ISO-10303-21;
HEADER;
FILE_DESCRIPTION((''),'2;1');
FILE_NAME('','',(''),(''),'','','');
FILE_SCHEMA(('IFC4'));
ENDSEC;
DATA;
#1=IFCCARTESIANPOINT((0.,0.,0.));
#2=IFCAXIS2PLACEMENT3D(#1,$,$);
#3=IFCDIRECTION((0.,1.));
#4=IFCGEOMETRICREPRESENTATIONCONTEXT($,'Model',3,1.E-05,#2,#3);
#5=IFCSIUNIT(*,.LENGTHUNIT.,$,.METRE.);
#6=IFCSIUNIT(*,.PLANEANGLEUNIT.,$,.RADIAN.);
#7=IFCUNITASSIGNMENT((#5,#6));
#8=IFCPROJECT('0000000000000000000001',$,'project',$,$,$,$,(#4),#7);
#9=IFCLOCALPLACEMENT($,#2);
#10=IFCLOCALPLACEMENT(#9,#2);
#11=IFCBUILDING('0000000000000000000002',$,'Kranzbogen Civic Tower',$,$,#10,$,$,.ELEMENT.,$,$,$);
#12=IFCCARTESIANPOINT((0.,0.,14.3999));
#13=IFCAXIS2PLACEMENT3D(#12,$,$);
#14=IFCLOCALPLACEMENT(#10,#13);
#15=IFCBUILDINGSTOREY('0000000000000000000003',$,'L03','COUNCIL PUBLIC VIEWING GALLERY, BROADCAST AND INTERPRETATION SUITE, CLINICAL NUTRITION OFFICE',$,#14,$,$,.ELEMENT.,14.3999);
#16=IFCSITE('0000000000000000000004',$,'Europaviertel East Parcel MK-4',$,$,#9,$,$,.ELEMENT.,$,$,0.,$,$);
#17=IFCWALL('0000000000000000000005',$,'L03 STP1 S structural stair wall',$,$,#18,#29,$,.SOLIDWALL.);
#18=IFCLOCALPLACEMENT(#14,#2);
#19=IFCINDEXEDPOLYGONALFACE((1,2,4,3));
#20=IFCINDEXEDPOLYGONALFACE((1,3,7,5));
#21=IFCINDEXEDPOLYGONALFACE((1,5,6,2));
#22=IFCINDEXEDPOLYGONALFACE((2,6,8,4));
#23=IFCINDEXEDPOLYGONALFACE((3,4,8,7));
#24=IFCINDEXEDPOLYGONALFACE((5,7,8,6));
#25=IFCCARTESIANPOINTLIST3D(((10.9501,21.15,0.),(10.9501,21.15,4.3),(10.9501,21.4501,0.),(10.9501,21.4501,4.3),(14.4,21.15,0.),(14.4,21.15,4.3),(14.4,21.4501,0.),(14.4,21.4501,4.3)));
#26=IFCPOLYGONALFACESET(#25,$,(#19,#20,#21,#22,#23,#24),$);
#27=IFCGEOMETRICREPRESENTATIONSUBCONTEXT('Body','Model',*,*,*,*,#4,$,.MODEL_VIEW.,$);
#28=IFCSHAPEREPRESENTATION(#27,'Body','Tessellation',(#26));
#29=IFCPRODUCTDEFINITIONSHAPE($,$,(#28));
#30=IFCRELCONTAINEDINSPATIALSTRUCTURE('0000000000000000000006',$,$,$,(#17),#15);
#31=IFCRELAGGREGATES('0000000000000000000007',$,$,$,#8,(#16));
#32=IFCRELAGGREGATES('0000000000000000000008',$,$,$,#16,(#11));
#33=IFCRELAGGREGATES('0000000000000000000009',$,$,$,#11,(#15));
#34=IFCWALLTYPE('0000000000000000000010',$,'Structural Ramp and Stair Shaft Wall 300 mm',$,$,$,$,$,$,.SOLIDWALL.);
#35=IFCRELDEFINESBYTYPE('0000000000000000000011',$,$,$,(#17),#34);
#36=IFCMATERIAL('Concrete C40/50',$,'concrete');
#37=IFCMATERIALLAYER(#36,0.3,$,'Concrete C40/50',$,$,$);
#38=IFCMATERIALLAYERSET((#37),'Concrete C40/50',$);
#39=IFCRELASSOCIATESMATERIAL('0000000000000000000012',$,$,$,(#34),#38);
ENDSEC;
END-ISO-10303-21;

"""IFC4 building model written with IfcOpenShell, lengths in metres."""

from ifc_helpers import new_model, si_unit, direction, frame, frame_2d, origin, place, context, subcontext, project, spatial, rectangle, extrude, material, layer, layer_set, type_object, element, save


model = new_model("IFC4")

# Units and contexts
model_context = context("Model", 3, precision=1e-05, world=origin(), true_north=direction((0.0, 1.0)))
body_context = subcontext(model_context, "Body", "Model", "MODEL_VIEW")
ifc_project = project(units=[si_unit("LENGTHUNIT", "METRE"), si_unit("PLANEANGLEUNIT", "RADIAN")], contexts=[model_context])

# Site, building, storey
site_placement = place(None, origin())
site = spatial("IfcSite", under=ifc_project, at=site_placement, Name="Europaviertel East Parcel MK-4", CompositionType="ELEMENT", RefElevation=0.0)
building_placement = place(site_placement, origin())
building = spatial("IfcBuilding", under=site, at=building_placement, Name="Kranzbogen Civic Tower", CompositionType="ELEMENT")
storey_placement = place(building_placement, frame((0.0, 0.0, 14.3999)))
storey = spatial("IfcBuildingStorey", under=building, at=storey_placement, Name="L03", Description="COUNCIL PUBLIC VIEWING GALLERY, BROADCAST AND INTERPRETATION SUITE, CLINICAL NUTRITION OFFICE", CompositionType="ELEMENT", Elevation=14.3999)

# Shared definitions
ifc_material_1 = material(Name="Concrete C40/50", Category="concrete")

# Shared definitions
ifc_layer_1 = layer(ifc_material_1, 0.3, Name="Concrete C40/50")
ifc_layer_set_1 = layer_set([ifc_layer_1], Name="Concrete C40/50")
wall_type_1 = type_object("IfcWallType", Name="Structural Ramp and Stair Shaft Wall 300 mm", PredefinedType="SOLIDWALL", material=ifc_layer_set_1)

# Wall
wall_1_placement = place(storey_placement, frame((10.95, 21.3, 0.0), z_axis=(0.0, 0.0, 1.0), x_axis=(1.0, 0.0, 0.0)))
element("IfcWall", 1, at=wall_1_placement, inside=storey, type_object=wall_type_1, Name="L03 STP1 S structural stair wall", PredefinedType="SOLIDWALL", context=body_context, shape_type="SweptSolid", body=[
    extrude(rectangle(XDim=3.45, YDim=0.3, at=frame_2d((1.7251, 0.0))), origin(), (0.0, 0.0, 1.0), 4.3),
])

save(model, "model.ifc")
